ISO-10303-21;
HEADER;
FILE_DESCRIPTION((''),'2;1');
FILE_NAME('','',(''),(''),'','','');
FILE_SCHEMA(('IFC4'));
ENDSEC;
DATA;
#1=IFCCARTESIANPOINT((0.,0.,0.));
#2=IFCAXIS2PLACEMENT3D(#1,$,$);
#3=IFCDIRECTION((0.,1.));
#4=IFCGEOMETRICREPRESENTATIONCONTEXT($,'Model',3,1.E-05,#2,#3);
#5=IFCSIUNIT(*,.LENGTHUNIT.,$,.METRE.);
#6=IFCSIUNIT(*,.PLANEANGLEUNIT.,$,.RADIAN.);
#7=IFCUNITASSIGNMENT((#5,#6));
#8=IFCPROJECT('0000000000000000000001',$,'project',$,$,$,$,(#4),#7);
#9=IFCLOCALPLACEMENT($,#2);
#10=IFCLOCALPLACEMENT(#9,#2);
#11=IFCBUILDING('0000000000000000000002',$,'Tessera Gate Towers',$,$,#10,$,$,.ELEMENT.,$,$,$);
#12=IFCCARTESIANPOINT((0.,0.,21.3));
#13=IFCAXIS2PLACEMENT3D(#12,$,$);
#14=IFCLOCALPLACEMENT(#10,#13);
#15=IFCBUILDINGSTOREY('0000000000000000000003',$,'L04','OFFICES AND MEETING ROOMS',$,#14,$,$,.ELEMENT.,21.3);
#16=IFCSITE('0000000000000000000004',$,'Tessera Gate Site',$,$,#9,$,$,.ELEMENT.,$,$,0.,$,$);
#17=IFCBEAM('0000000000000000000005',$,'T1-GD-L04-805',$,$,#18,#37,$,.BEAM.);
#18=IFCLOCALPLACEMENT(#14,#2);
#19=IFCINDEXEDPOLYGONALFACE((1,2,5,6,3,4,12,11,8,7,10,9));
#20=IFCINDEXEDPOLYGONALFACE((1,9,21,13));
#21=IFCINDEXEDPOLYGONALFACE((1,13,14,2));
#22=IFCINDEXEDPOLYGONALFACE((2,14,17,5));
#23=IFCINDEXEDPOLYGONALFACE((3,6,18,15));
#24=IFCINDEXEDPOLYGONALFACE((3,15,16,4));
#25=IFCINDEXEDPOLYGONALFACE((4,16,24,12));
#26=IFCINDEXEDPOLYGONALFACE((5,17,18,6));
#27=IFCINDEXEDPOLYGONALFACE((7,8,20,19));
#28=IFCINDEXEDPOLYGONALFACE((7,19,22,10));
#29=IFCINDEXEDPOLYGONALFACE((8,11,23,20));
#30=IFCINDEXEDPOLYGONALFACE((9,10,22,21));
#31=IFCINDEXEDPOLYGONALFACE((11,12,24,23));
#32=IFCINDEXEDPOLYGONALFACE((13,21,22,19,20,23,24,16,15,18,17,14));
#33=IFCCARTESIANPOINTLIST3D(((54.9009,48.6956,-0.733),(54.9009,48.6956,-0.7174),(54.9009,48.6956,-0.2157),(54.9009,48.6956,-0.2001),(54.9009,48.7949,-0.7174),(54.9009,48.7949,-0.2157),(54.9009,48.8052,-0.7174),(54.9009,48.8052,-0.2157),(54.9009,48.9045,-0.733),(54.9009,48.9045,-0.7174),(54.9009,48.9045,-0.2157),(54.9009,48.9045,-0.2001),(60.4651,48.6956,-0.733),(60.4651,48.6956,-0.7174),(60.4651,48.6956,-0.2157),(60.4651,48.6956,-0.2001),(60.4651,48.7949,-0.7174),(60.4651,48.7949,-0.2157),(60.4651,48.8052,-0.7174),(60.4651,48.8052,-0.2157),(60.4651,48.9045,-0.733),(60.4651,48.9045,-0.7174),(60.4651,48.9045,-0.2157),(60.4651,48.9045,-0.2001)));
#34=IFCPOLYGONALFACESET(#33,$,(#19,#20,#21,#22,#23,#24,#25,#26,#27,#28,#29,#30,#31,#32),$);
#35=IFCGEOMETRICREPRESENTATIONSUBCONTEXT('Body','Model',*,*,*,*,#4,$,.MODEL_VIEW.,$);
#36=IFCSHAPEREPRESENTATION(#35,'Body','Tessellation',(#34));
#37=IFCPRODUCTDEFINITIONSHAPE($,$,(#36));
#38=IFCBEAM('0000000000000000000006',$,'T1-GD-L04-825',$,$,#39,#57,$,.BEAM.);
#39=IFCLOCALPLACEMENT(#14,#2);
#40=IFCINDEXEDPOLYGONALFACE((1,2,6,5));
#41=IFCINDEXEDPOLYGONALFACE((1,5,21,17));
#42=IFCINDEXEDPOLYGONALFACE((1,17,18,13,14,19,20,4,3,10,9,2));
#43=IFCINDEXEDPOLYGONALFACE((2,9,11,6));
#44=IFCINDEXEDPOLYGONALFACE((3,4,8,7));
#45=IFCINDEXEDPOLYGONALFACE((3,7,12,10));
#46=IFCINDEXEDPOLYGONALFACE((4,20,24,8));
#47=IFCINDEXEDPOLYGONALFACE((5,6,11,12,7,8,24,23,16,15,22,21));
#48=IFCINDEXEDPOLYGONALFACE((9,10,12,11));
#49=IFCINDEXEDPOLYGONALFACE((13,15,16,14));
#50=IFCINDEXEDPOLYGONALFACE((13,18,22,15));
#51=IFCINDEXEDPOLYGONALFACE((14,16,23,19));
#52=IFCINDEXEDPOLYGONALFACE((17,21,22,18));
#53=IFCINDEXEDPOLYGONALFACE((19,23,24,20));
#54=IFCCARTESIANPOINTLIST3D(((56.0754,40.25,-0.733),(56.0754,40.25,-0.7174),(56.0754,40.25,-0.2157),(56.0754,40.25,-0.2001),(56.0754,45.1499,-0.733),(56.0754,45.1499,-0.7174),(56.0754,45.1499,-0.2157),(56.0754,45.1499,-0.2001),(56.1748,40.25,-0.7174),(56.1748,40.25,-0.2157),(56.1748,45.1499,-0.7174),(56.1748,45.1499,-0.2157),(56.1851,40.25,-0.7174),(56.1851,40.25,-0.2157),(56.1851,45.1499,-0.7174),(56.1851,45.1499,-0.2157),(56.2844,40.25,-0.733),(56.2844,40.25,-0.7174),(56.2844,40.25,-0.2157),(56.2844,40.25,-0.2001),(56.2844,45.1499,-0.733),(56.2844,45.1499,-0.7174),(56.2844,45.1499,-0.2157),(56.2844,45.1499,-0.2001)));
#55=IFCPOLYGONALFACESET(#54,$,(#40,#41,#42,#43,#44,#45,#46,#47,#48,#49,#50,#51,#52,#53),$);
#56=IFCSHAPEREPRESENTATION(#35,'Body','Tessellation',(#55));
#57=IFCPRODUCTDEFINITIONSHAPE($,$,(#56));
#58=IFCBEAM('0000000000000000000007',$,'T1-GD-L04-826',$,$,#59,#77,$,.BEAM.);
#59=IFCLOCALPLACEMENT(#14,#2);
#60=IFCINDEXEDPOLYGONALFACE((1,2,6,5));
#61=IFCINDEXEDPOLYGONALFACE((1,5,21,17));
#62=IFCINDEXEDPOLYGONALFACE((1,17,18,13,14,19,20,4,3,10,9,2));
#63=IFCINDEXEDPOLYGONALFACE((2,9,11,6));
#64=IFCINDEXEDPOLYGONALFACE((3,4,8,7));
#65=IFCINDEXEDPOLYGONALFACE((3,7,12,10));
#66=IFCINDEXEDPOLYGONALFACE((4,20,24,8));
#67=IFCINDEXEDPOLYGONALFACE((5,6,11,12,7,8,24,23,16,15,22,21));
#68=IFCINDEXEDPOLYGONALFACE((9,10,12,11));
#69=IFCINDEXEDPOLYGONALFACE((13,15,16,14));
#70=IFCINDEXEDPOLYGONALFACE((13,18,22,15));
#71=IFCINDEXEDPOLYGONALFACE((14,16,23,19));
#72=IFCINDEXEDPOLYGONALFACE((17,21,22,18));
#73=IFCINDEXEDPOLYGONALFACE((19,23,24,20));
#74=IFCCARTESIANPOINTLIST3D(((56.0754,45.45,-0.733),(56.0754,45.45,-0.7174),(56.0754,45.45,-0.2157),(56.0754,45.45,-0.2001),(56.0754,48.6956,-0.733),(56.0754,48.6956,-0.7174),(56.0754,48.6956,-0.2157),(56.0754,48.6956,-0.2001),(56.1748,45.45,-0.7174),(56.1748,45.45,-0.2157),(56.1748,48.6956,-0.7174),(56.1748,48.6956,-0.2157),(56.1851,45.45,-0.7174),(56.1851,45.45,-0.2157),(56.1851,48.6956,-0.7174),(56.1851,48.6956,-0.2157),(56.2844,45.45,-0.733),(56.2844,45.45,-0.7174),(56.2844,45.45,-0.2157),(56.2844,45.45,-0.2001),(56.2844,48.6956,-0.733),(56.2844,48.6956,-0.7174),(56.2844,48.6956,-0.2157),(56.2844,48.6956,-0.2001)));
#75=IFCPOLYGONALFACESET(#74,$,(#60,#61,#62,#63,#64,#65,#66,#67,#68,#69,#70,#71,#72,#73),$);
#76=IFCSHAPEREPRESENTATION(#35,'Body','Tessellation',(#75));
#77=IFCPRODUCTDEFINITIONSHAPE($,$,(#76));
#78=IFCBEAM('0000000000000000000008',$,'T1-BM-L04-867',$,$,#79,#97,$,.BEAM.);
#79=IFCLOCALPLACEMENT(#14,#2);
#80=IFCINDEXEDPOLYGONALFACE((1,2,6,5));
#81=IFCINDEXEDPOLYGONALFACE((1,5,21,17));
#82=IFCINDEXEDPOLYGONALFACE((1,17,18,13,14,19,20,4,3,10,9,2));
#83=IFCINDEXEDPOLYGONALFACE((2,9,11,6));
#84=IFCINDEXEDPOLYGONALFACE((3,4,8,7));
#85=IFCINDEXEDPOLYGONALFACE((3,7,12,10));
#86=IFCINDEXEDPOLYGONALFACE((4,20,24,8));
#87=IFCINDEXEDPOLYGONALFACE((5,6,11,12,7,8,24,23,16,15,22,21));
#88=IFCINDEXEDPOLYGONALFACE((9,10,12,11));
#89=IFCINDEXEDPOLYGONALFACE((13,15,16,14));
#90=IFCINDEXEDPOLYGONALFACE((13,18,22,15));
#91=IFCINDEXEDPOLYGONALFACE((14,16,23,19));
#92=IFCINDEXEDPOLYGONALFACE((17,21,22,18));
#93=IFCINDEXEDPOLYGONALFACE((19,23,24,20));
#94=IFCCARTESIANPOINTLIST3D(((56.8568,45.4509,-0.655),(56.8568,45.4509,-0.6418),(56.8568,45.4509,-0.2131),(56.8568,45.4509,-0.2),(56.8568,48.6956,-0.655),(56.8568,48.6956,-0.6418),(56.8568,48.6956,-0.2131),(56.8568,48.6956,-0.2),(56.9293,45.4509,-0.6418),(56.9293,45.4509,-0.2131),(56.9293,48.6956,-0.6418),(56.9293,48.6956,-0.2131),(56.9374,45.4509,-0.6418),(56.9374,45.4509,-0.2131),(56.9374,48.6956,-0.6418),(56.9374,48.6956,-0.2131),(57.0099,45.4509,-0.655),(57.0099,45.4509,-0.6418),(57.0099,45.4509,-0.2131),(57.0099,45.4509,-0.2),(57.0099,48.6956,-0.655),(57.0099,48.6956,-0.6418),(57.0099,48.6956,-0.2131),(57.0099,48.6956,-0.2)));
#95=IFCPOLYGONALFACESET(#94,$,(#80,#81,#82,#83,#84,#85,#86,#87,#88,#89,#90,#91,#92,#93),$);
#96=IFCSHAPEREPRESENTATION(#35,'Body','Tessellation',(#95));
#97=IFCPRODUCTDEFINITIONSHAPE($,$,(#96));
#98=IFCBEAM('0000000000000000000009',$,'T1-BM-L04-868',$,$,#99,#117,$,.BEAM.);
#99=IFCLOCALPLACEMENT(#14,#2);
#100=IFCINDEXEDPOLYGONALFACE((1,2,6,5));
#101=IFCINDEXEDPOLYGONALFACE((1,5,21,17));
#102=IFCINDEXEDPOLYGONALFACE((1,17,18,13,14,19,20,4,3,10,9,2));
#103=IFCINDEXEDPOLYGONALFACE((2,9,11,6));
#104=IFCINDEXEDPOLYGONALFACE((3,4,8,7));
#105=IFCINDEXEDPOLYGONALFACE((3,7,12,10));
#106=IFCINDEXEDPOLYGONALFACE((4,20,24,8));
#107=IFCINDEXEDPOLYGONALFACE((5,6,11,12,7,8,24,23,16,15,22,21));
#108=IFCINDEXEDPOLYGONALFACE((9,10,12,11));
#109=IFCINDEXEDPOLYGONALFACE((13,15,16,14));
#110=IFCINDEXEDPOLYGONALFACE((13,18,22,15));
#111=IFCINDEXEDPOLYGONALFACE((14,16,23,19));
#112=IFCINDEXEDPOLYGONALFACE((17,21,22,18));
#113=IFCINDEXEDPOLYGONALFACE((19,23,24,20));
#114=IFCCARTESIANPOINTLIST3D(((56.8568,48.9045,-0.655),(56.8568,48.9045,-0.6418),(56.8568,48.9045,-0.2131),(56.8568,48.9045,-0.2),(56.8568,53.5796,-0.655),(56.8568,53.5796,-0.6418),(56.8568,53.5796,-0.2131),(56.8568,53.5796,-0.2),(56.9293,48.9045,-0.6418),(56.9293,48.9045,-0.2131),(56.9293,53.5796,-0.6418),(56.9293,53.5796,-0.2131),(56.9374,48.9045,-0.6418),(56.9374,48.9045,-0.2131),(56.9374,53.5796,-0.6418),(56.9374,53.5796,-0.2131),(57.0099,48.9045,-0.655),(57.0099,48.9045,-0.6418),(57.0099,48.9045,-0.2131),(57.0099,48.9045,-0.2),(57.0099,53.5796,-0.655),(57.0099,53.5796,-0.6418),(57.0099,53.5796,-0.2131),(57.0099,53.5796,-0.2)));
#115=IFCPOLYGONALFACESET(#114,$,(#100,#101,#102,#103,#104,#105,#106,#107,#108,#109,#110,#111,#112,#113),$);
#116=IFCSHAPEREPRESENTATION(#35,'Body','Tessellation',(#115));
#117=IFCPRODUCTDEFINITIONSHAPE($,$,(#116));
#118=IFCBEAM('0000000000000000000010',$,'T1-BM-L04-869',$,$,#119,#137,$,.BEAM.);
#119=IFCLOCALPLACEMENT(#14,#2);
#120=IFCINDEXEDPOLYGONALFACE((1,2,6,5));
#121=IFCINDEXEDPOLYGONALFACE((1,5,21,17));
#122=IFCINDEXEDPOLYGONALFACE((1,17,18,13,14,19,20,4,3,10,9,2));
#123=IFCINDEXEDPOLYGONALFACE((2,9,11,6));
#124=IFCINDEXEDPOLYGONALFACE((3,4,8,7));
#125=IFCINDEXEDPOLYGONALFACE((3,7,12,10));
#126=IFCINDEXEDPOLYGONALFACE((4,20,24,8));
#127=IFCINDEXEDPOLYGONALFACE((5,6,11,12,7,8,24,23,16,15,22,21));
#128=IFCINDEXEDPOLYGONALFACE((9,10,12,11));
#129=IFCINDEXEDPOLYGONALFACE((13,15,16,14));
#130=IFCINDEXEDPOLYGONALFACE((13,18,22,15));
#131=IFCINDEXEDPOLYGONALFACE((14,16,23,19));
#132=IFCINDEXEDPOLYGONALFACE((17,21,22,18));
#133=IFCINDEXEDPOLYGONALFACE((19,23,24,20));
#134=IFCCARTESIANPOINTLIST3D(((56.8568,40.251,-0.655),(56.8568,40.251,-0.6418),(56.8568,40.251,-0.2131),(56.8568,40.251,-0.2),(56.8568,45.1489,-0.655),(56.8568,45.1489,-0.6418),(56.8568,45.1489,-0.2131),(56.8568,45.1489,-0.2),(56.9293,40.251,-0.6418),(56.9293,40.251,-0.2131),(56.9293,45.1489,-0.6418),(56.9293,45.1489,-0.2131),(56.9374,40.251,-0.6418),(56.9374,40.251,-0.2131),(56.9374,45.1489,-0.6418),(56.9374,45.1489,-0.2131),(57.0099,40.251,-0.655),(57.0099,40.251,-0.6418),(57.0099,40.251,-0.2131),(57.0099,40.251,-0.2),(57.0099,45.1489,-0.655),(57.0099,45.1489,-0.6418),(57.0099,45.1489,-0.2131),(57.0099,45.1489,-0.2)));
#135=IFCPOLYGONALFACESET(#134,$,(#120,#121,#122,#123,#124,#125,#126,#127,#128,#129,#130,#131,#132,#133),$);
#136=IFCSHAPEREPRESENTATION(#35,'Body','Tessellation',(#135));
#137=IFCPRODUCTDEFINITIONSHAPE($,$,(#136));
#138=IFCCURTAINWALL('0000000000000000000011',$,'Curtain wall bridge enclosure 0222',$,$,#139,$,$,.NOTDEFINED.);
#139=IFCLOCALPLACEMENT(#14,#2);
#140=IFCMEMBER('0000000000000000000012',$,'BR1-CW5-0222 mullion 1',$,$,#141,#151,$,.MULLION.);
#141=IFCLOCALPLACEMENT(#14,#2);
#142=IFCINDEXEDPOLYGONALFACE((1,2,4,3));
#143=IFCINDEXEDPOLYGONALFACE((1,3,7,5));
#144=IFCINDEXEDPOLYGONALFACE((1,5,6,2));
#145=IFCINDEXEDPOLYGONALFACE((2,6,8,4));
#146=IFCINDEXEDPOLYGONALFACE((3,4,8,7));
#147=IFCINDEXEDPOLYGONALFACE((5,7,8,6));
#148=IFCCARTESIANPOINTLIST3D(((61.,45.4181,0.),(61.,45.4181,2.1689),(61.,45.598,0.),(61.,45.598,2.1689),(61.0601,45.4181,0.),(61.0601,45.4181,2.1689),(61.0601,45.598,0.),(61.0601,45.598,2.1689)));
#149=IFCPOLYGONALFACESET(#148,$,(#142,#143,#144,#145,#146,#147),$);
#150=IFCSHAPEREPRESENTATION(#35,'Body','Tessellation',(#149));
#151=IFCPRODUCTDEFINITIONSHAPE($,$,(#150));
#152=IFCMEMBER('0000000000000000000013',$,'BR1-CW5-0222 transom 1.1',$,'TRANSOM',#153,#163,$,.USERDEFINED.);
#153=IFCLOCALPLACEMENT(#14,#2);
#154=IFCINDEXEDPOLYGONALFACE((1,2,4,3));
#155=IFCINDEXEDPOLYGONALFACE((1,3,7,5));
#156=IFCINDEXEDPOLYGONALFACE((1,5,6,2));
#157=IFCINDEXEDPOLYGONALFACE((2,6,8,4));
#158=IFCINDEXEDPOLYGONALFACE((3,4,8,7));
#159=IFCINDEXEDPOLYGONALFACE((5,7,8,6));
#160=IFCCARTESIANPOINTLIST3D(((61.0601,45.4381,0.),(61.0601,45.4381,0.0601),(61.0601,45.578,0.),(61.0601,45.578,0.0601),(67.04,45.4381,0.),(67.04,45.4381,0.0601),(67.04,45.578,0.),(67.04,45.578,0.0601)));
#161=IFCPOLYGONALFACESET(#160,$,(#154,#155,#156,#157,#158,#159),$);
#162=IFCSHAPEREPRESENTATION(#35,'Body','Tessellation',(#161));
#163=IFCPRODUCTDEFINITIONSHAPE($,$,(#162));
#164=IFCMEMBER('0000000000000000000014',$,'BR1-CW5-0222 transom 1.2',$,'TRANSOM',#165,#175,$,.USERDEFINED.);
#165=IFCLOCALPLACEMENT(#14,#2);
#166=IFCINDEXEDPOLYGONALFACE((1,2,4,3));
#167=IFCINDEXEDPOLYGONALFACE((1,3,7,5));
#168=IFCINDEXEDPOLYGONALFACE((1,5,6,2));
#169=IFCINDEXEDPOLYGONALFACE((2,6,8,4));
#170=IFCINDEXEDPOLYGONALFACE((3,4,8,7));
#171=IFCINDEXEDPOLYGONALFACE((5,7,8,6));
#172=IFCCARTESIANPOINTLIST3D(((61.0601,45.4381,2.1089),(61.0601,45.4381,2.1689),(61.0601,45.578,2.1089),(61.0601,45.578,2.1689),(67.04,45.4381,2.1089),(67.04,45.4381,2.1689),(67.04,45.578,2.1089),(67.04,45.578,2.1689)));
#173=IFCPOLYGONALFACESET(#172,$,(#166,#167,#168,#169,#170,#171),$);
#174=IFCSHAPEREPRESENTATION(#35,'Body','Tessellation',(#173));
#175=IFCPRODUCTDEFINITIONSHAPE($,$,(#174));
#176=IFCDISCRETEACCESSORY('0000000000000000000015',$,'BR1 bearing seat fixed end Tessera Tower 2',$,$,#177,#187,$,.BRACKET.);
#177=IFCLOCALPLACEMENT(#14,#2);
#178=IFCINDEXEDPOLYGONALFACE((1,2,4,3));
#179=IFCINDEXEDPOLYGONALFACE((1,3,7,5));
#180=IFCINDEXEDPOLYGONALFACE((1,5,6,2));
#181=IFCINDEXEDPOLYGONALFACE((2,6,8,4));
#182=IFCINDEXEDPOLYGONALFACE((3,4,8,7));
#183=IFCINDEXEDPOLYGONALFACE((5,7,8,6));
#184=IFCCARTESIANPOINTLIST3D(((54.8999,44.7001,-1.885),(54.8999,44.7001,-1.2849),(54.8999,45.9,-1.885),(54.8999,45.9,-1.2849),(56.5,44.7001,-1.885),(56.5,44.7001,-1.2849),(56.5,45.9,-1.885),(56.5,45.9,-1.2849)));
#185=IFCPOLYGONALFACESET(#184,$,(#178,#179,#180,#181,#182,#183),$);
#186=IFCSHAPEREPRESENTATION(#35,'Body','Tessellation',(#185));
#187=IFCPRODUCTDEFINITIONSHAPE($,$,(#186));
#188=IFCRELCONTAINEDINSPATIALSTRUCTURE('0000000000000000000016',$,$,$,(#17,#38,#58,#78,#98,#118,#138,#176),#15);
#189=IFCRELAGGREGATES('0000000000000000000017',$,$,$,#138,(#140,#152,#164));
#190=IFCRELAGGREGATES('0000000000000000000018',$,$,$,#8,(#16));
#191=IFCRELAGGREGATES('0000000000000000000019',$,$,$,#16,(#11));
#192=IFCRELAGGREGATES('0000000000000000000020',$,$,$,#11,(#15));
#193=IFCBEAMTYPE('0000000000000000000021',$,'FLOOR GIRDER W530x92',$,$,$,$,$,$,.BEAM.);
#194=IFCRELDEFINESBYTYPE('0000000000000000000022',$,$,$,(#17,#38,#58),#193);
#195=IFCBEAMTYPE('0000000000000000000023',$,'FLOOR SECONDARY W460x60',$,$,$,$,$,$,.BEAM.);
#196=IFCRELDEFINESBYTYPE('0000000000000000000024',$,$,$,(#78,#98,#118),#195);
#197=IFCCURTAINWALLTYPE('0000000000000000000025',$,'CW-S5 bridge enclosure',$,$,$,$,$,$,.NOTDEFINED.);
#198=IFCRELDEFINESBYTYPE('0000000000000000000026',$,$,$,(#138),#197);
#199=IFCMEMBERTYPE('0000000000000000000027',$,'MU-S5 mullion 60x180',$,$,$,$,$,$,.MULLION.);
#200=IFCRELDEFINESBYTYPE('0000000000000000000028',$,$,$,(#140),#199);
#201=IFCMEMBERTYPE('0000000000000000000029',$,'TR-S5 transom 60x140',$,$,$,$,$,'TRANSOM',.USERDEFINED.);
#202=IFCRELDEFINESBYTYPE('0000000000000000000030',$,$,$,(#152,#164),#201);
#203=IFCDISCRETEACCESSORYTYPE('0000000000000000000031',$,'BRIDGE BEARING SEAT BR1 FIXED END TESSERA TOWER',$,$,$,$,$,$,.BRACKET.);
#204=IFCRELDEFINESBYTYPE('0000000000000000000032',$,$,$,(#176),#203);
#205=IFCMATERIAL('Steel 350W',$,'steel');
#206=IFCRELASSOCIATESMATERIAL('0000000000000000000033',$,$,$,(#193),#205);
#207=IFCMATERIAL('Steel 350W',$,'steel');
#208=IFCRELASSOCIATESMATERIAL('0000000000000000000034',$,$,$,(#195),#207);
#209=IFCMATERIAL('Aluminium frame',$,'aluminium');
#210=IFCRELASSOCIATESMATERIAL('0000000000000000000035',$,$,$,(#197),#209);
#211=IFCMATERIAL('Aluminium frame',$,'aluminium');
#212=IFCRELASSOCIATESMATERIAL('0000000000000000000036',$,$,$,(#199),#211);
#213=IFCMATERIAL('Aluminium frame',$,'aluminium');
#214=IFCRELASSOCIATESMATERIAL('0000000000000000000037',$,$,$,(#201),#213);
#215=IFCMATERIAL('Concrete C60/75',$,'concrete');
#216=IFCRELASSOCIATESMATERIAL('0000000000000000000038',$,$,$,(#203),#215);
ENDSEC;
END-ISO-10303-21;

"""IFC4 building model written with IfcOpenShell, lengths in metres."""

from ifc_helpers import new_model, si_unit, direction, frame, origin, origin_2d, place, context, subcontext, project, spatial, rectangle, i_section, extrude, material, material_profile, profile_set, type_object, element, aggregate, save


model = new_model("IFC4")

# Units and contexts
model_context = context("Model", 3, precision=1e-05, world=origin(), true_north=direction((0.0, 1.0)))
body_context = subcontext(model_context, "Body", "Model", "MODEL_VIEW")
ifc_project = project(units=[si_unit("LENGTHUNIT", "METRE"), si_unit("PLANEANGLEUNIT", "RADIAN")], contexts=[model_context])

# Site, building, storey
site_placement = place(None, origin())
site = spatial("IfcSite", under=ifc_project, at=site_placement, Name="Tessera Gate Site", CompositionType="ELEMENT", RefElevation=0.0)
building_placement = place(site_placement, origin())
building = spatial("IfcBuilding", under=site, at=building_placement, Name="Tessera Gate Towers", CompositionType="ELEMENT")
storey_placement = place(building_placement, frame((0.0, 0.0, 21.3)))
storey = spatial("IfcBuildingStorey", under=building, at=storey_placement, Name="L04", Description="OFFICES AND MEETING ROOMS", CompositionType="ELEMENT", Elevation=21.3)

# Beams
ifc_material_1 = material(Name="Steel 350W", Category="steel")
ifc_material_profile_1 = material_profile(ifc_material_1, i_section(OverallWidth=0.209, OverallDepth=0.533, WebThickness=0.0103, FlangeThickness=0.0156, at=origin_2d()), Name="W530x92")
ifc_profile_set_1 = profile_set([ifc_material_profile_1], Name="Steel 350W")
beam_type_1 = type_object("IfcBeamType", Name="FLOOR GIRDER W530x92", PredefinedType="BEAM", material=ifc_profile_set_1)
beam_1_placement = place(storey_placement, frame((54.9009, 48.8, -0.4666), z_axis=(1.0, 0.0, 0.0), x_axis=(0.0, 1.0, 0.0)))
element("IfcBeam", 1, at=beam_1_placement, inside=storey, type_object=beam_type_1, Name="T1-GD-L04-805", PredefinedType="BEAM", context=body_context, shape_type="SweptSolid", body=[
    extrude(i_section(OverallWidth=0.209, OverallDepth=0.533, WebThickness=0.0103, FlangeThickness=0.0156, at=origin_2d()), origin(), (0.0, 0.0, 1.0), 5.5642),
])
beam_2_placement = place(storey_placement, frame((56.1799, 40.25, -0.4666), z_axis=(0.0, 1.0, 0.0), x_axis=(-1.0, 0.0, 0.0)))
element("IfcBeam", 2, at=beam_2_placement, inside=storey, type_object=beam_type_1, Name="T1-GD-L04-825", PredefinedType="BEAM", context=body_context, shape_type="SweptSolid", body=[
    extrude(i_section(OverallWidth=0.209, OverallDepth=0.533, WebThickness=0.0103, FlangeThickness=0.0156, at=origin_2d()), origin(), (0.0, 0.0, 1.0), 4.8999),
])
beam_3_placement = place(storey_placement, frame((56.1799, 45.45, -0.4666), z_axis=(0.0, 1.0, 0.0), x_axis=(-1.0, 0.0, 0.0)))
element("IfcBeam", 3, at=beam_3_placement, inside=storey, type_object=beam_type_1, Name="T1-GD-L04-826", PredefinedType="BEAM", context=body_context, shape_type="SweptSolid", body=[
    extrude(i_section(OverallWidth=0.209, OverallDepth=0.533, WebThickness=0.0103, FlangeThickness=0.0156, at=origin_2d()), origin(), (0.0, 0.0, 1.0), 3.2456),
])
ifc_material_2 = material(Name="Steel 350W", Category="steel")
ifc_material_profile_2 = material_profile(ifc_material_2, i_section(OverallWidth=0.1531, OverallDepth=0.4551, WebThickness=0.0081, FlangeThickness=0.0132, at=origin_2d()), Name="W460x60")
ifc_profile_set_2 = profile_set([ifc_material_profile_2], Name="Steel 350W")
beam_type_2 = type_object("IfcBeamType", Name="FLOOR SECONDARY W460x60", PredefinedType="BEAM", material=ifc_profile_set_2)
beam_4_placement = place(storey_placement, frame((56.9333, 45.4509, -0.4275), z_axis=(0.0, 1.0, 0.0), x_axis=(-1.0, 0.0, 0.0)))
element("IfcBeam", 4, at=beam_4_placement, inside=storey, type_object=beam_type_2, Name="T1-BM-L04-867", PredefinedType="BEAM", context=body_context, shape_type="SweptSolid", body=[
    extrude(i_section(OverallWidth=0.1531, OverallDepth=0.4551, WebThickness=0.0081, FlangeThickness=0.0132, at=origin_2d()), origin(), (0.0, 0.0, 1.0), 3.2446),
])
beam_5_placement = place(storey_placement, frame((56.9333, 48.9045, -0.4275), z_axis=(0.0, 1.0, 0.0), x_axis=(-1.0, 0.0, 0.0)))
element("IfcBeam", 5, at=beam_5_placement, inside=storey, type_object=beam_type_2, Name="T1-BM-L04-868", PredefinedType="BEAM", context=body_context, shape_type="SweptSolid", body=[
    extrude(i_section(OverallWidth=0.1531, OverallDepth=0.4551, WebThickness=0.0081, FlangeThickness=0.0132, at=origin_2d()), origin(), (0.0, 0.0, 1.0), 4.675),
])
beam_6_placement = place(storey_placement, frame((56.9333, 40.251, -0.4275), z_axis=(0.0, 1.0, 0.0), x_axis=(-1.0, 0.0, 0.0)))
element("IfcBeam", 6, at=beam_6_placement, inside=storey, type_object=beam_type_2, Name="T1-BM-L04-869", PredefinedType="BEAM", context=body_context, shape_type="SweptSolid", body=[
    extrude(i_section(OverallWidth=0.1531, OverallDepth=0.4551, WebThickness=0.0081, FlangeThickness=0.0132, at=origin_2d()), origin(), (0.0, 0.0, 1.0), 4.8979),
])

# Curtain wall, members
ifc_material_3 = material(Name="Aluminium frame", Category="aluminium")
curtain_wall_type = type_object("IfcCurtainWallType", Name="CW-S5 bridge enclosure", PredefinedType="NOTDEFINED", material=ifc_material_3)
curtain_wall_placement = place(storey_placement, origin())
curtain_wall = element("IfcCurtainWall", 7, at=curtain_wall_placement, inside=storey, type_object=curtain_wall_type, Name="Curtain wall bridge enclosure 0222", PredefinedType="NOTDEFINED")
ifc_material_4 = material(Name="Aluminium frame", Category="aluminium")
ifc_material_profile_3 = material_profile(ifc_material_4, rectangle(XDim=0.0601, YDim=0.1799, at=origin_2d()), Name="AL 60x180")
ifc_profile_set_3 = profile_set([ifc_material_profile_3], Name="Aluminium frame")
member_type_1 = type_object("IfcMemberType", Name="MU-S5 mullion 60x180", PredefinedType="MULLION", material=ifc_profile_set_3)
member_1_placement = place(storey_placement, frame((61.03, 45.5081, 0.0), z_axis=(0.0, 0.0, 1.0), x_axis=(1.0, 0.0, 0.0)))
member_1 = element("IfcMember", 8, at=member_1_placement, type_object=member_type_1, Name="BR1-CW5-0222 mullion 1", PredefinedType="MULLION", context=body_context, shape_type="SweptSolid", body=[
    extrude(rectangle(XDim=0.0601, YDim=0.1799, at=origin_2d()), origin(), (0.0, 0.0, 1.0), 2.1689),
])
ifc_material_5 = material(Name="Aluminium frame", Category="aluminium")
ifc_material_profile_4 = material_profile(ifc_material_5, rectangle(XDim=0.1399, YDim=0.0601, at=origin_2d()), Name="AL 60x140")
ifc_profile_set_4 = profile_set([ifc_material_profile_4], Name="Aluminium frame")
member_type_2 = type_object("IfcMemberType", Name="TR-S5 transom 60x140", ElementType="TRANSOM", PredefinedType="USERDEFINED", material=ifc_profile_set_4)
member_2_placement = place(storey_placement, frame((61.0601, 45.5081, 0.03), z_axis=(1.0, 0.0, 0.0), x_axis=(0.0, 1.0, 0.0)))
member_2 = element("IfcMember", 9, at=member_2_placement, type_object=member_type_2, Name="BR1-CW5-0222 transom 1.1", ObjectType="TRANSOM", PredefinedType="USERDEFINED", context=body_context, shape_type="SweptSolid", body=[
    extrude(rectangle(XDim=0.1399, YDim=0.0601, at=origin_2d()), origin(), (0.0, 0.0, 1.0), 5.98),
])
member_3_placement = place(storey_placement, frame((61.0601, 45.5081, 2.1389), z_axis=(1.0, 0.0, 0.0), x_axis=(0.0, 1.0, 0.0)))
member_3 = element("IfcMember", 10, at=member_3_placement, type_object=member_type_2, Name="BR1-CW5-0222 transom 1.2", ObjectType="TRANSOM", PredefinedType="USERDEFINED", context=body_context, shape_type="SweptSolid", body=[
    extrude(rectangle(XDim=0.1399, YDim=0.0601, at=origin_2d()), origin(), (0.0, 0.0, 1.0), 5.98),
])
aggregate(curtain_wall, [member_1, member_2, member_3])

# Discrete accessory
ifc_material_6 = material(Name="Concrete C60/75", Category="concrete")
discrete_accessory_type = type_object("IfcDiscreteAccessoryType", Name="BRIDGE BEARING SEAT BR1 FIXED END TESSERA TOWER", PredefinedType="BRACKET", material=ifc_material_6)
discrete_accessory_placement = place(storey_placement, frame((55.7, 45.3, -1.885), z_axis=(0.0, 0.0, 1.0), x_axis=(1.0, 0.0, 0.0)))
element("IfcDiscreteAccessory", 11, at=discrete_accessory_placement, inside=storey, type_object=discrete_accessory_type, Name="BR1 bearing seat fixed end Tessera Tower 2", PredefinedType="BRACKET", context=body_context, shape_type="SweptSolid", body=[
    extrude(rectangle(XDim=1.6001, YDim=1.2, at=origin_2d()), origin(), (0.0, 0.0, 1.0), 0.6001),
])

save(model, "model.ifc")
